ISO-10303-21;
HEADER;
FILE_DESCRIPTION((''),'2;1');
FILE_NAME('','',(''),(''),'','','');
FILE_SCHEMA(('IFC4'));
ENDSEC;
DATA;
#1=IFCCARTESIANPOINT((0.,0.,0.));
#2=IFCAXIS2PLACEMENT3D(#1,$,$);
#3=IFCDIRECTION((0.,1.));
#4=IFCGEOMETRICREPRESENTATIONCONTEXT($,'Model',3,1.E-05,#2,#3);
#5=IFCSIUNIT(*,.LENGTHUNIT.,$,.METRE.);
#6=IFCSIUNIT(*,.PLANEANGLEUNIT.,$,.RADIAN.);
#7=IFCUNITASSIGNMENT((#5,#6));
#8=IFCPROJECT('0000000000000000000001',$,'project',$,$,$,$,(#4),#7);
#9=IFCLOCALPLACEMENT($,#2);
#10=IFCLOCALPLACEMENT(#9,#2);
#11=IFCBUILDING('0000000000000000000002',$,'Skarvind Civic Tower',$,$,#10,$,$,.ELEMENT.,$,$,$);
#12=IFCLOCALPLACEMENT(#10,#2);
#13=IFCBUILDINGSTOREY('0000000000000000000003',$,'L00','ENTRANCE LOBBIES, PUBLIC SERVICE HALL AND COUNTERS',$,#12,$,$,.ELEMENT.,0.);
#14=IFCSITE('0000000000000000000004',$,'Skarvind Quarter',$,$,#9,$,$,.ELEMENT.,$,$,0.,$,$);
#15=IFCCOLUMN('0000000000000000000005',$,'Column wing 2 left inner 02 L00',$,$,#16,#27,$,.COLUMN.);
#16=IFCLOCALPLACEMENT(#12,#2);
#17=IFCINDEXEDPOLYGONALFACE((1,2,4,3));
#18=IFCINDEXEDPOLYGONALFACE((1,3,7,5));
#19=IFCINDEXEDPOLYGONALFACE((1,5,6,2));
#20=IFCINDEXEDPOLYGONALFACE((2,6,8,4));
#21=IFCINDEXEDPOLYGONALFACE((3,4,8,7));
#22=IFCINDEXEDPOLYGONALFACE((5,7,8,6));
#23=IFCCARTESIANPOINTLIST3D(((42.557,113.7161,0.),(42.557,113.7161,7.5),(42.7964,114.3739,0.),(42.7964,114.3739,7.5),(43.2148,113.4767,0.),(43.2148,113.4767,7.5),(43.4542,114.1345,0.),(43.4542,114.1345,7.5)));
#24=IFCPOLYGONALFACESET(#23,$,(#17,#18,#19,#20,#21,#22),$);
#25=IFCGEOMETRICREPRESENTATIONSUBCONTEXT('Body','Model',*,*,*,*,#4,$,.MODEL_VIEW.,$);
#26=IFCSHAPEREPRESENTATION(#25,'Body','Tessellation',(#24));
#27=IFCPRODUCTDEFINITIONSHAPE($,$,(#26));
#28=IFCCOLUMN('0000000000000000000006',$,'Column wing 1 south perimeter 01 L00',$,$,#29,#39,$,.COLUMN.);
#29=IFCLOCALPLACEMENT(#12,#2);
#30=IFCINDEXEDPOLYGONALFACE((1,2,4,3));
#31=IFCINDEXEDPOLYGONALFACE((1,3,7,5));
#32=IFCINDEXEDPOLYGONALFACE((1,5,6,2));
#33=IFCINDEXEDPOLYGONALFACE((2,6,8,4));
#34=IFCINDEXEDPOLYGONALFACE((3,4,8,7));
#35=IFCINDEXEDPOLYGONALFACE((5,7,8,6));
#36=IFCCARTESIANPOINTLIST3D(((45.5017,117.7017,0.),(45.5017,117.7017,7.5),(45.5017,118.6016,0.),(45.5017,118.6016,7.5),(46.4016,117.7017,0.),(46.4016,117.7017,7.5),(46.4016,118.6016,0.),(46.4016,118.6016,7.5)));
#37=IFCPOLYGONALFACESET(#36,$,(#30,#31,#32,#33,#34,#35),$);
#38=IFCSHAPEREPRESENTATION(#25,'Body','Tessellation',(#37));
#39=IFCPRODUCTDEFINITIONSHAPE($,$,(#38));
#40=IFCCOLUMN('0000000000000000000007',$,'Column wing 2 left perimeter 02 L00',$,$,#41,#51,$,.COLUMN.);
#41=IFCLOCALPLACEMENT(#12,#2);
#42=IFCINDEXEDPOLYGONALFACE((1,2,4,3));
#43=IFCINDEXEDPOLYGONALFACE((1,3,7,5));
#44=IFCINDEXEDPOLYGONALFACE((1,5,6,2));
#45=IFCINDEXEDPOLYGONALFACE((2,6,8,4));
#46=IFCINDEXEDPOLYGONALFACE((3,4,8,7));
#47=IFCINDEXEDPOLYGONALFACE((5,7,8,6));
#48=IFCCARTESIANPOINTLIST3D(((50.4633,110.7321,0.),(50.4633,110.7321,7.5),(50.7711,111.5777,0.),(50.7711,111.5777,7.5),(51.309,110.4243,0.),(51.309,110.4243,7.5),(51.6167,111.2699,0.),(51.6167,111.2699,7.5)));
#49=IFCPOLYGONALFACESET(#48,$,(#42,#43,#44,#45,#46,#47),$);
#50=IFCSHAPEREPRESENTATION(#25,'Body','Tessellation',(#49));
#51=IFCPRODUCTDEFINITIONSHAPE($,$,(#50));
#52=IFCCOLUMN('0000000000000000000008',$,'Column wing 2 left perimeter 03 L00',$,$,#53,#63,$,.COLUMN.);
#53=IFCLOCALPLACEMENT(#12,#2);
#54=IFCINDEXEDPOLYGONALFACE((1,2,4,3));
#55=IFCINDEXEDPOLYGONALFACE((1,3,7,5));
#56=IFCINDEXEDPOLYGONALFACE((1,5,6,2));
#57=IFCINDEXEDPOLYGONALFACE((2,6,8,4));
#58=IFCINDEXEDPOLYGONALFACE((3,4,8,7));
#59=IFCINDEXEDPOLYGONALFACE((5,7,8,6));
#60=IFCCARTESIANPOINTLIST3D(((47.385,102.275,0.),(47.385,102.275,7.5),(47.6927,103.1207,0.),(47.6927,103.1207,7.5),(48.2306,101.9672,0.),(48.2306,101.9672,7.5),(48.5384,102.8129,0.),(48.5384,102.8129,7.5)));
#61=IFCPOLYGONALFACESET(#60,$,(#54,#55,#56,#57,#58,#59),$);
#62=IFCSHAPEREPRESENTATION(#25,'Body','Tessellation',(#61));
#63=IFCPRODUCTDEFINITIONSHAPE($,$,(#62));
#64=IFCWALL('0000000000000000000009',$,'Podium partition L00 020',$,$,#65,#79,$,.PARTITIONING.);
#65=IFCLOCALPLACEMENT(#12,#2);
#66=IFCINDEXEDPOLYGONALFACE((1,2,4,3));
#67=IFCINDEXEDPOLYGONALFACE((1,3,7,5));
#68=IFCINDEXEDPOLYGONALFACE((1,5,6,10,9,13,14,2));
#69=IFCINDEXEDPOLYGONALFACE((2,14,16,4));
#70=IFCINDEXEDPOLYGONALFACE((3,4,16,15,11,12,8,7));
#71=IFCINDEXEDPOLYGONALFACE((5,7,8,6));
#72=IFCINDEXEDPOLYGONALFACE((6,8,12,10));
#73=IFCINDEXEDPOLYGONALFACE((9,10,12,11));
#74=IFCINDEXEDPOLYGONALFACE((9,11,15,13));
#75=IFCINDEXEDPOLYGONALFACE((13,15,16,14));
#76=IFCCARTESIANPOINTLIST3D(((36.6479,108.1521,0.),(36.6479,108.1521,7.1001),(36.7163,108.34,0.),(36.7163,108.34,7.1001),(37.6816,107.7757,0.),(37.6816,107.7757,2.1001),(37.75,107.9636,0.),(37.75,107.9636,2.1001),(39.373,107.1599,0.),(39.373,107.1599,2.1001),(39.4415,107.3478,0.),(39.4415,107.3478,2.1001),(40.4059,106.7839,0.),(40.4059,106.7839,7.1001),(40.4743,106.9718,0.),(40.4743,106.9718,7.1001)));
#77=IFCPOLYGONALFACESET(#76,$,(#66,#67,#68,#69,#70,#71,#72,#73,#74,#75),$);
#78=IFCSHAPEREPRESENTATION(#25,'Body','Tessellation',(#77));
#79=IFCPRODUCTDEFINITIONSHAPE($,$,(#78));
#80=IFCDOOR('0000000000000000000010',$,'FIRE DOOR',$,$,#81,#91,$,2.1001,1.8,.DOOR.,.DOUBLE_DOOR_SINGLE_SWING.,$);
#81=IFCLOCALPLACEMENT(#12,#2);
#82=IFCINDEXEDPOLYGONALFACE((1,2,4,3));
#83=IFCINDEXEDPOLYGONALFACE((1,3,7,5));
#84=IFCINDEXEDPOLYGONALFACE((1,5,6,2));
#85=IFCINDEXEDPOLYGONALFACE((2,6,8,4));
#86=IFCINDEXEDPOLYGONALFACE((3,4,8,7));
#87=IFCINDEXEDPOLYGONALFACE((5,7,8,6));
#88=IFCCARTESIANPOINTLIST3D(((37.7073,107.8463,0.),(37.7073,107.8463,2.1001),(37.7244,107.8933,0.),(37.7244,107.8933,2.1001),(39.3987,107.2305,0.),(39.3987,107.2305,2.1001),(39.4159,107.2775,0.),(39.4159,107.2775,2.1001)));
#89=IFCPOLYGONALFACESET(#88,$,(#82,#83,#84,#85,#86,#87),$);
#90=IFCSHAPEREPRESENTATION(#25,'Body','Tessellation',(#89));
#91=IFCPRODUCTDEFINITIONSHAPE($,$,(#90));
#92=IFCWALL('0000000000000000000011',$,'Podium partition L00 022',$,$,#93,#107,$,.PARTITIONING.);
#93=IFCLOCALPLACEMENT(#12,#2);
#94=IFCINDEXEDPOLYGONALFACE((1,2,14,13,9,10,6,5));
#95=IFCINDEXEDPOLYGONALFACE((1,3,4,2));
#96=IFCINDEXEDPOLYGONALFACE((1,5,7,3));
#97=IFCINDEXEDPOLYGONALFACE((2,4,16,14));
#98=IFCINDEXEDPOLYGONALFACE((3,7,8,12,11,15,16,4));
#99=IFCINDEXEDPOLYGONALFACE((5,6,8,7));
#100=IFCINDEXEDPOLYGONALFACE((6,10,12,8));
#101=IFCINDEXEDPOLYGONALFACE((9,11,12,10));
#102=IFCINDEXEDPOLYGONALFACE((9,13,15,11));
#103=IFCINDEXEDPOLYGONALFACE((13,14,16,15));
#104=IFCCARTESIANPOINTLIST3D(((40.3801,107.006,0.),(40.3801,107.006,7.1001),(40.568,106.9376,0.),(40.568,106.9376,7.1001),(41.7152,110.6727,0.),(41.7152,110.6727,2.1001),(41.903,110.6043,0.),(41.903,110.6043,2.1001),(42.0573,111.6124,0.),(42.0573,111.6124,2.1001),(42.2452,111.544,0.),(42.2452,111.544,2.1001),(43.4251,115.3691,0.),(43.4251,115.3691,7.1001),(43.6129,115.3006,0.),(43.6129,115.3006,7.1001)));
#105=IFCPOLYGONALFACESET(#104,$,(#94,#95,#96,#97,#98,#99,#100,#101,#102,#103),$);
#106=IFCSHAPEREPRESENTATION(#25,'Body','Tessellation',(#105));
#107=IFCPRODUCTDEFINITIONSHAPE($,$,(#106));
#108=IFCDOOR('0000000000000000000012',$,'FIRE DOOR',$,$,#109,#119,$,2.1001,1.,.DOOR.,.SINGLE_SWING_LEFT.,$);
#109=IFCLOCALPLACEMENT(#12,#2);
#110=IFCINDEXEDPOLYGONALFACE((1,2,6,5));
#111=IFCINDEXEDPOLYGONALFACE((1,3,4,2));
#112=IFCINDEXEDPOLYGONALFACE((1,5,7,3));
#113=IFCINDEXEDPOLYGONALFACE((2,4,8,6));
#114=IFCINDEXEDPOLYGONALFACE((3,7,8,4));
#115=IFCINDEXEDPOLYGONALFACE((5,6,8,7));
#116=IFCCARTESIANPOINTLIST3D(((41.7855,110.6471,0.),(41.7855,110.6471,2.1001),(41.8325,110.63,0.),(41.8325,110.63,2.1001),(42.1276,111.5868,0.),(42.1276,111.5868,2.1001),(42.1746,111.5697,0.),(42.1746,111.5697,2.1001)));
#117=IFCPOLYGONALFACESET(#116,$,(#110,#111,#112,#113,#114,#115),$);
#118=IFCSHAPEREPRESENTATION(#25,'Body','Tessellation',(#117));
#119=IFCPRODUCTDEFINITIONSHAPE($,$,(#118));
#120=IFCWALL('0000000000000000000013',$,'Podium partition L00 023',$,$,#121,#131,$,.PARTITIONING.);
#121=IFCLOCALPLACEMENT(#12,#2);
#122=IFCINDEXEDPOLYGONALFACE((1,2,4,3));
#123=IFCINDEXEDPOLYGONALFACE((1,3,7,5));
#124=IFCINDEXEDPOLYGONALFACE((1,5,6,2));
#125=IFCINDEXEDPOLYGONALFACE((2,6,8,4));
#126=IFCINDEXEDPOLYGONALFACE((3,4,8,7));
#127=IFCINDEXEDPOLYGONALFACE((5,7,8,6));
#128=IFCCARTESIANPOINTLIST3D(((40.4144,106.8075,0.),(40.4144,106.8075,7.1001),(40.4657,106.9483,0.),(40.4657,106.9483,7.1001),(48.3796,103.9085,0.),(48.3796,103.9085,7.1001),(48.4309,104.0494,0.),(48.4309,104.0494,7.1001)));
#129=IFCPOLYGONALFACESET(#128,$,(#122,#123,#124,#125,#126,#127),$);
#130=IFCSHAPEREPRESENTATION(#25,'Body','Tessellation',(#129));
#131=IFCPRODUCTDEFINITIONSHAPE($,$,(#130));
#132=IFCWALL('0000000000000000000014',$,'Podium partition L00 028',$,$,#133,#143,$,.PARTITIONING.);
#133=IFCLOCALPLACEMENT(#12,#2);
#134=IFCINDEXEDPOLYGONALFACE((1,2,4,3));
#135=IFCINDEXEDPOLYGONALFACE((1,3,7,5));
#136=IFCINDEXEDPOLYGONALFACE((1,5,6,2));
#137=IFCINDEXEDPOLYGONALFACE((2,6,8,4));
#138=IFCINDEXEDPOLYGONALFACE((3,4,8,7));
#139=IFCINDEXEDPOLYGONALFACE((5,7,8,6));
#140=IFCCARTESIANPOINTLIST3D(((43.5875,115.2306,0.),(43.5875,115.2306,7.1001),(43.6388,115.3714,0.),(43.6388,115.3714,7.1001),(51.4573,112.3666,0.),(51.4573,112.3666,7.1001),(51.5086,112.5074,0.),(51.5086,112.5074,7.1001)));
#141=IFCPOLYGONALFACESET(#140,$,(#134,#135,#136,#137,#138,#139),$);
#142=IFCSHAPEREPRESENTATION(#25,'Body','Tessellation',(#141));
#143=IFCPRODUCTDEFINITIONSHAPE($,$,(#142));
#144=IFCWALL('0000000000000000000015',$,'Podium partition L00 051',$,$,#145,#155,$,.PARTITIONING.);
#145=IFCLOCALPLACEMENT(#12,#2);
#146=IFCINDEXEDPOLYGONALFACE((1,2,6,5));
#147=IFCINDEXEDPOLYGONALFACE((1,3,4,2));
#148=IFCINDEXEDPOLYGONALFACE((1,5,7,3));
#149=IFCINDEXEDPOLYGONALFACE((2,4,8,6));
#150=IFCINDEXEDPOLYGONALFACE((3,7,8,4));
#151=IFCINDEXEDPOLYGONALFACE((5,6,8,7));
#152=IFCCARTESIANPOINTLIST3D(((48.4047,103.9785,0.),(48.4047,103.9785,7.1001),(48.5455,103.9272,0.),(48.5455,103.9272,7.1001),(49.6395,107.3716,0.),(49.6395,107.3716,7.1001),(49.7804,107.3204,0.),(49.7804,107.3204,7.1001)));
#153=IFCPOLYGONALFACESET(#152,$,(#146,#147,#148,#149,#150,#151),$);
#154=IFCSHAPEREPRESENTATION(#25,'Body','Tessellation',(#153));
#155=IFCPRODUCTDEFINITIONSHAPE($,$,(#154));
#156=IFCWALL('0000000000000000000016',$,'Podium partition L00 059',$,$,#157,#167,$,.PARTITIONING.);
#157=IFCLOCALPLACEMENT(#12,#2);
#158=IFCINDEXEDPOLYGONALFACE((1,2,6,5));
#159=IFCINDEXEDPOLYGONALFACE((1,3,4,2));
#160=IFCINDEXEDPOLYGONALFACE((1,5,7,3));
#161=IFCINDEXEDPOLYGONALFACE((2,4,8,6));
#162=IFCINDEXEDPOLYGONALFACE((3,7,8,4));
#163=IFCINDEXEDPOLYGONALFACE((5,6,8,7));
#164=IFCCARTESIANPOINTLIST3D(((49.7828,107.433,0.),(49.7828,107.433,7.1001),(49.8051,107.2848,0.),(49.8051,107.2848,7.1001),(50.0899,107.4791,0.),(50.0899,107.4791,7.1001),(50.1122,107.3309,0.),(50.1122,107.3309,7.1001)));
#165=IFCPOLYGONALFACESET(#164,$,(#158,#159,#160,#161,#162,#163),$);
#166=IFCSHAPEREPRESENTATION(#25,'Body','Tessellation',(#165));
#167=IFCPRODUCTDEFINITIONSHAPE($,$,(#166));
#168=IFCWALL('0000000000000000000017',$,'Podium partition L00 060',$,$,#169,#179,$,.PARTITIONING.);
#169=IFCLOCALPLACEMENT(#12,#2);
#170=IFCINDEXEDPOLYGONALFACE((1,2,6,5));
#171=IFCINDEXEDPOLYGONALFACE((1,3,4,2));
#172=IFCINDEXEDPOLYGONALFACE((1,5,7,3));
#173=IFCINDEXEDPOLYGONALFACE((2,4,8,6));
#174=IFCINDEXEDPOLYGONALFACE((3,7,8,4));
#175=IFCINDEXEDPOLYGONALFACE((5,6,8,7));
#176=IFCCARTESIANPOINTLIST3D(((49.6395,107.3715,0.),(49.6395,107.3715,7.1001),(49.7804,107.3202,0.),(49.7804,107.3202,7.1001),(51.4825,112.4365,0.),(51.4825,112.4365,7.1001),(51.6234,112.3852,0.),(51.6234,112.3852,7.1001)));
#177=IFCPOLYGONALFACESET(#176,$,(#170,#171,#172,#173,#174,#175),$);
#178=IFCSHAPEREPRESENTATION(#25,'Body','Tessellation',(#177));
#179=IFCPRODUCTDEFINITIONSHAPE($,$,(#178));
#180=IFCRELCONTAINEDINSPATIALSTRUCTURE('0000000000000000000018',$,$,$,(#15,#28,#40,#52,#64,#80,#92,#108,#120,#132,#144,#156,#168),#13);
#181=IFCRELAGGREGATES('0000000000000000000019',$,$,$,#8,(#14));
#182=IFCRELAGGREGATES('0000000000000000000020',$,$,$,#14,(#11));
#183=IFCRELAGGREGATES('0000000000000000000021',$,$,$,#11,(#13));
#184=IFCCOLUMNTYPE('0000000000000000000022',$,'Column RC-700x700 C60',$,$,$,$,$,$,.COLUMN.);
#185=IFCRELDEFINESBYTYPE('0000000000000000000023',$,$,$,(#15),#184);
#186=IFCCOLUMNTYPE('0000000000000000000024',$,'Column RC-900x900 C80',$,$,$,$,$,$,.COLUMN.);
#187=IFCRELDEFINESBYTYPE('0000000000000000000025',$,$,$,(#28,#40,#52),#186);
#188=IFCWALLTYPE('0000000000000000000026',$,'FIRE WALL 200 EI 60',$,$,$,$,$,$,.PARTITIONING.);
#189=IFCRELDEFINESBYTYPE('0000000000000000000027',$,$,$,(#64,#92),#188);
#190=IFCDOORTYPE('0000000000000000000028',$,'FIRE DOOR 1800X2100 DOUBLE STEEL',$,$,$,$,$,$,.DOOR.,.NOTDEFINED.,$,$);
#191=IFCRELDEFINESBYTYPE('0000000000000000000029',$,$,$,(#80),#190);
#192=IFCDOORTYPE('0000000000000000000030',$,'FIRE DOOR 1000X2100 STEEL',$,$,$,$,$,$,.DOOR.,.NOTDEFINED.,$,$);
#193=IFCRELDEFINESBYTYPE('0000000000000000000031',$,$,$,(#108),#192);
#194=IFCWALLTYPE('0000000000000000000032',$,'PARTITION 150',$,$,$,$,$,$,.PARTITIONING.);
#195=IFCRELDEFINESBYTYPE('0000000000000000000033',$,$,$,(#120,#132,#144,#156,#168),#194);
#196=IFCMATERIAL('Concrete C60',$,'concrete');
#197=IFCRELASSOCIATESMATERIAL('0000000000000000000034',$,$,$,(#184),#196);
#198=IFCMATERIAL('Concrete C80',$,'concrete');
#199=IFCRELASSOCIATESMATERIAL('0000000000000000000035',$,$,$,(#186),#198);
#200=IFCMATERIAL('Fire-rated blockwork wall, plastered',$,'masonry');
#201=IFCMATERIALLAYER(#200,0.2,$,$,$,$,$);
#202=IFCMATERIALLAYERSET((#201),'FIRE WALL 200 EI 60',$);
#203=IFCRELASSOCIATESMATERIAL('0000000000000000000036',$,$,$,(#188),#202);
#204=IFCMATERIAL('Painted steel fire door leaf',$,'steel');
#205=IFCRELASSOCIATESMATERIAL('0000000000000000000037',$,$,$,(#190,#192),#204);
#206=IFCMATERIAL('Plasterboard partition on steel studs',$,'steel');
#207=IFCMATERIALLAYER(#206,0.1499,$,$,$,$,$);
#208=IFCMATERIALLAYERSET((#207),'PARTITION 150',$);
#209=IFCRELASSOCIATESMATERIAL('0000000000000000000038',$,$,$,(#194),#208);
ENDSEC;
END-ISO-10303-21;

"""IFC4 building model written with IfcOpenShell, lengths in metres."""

from ifc_helpers import new_model, si_unit, direction, frame, frame_2d, origin, origin_2d, place, context, subcontext, project, spatial, rectangle, extrude, material, layer, layer_set, material_profile, profile_set, type_object, element, fill, save


model = new_model("IFC4")

# Units and contexts
model_context = context("Model", 3, precision=1e-05, world=origin(), true_north=direction((0.0, 1.0)))
body_context = subcontext(model_context, "Body", "Model", "MODEL_VIEW")
ifc_project = project(units=[si_unit("LENGTHUNIT", "METRE"), si_unit("PLANEANGLEUNIT", "RADIAN")], contexts=[model_context])

# Site, building, storey
site_placement = place(None, origin())
site = spatial("IfcSite", under=ifc_project, at=site_placement, Name="Skarvind Quarter", CompositionType="ELEMENT", RefElevation=0.0)
building_placement = place(site_placement, origin())
building = spatial("IfcBuilding", under=site, at=building_placement, Name="Skarvind Civic Tower", CompositionType="ELEMENT")
storey_placement = place(building_placement, origin())
storey = spatial("IfcBuildingStorey", under=building, at=storey_placement, Name="L00", Description="ENTRANCE LOBBIES, PUBLIC SERVICE HALL AND COUNTERS", CompositionType="ELEMENT", Elevation=0.0)

# Columns
ifc_material_1 = material(Name="Concrete C60", Category="concrete")
ifc_material_profile_1 = material_profile(ifc_material_1, rectangle(XDim=0.7, YDim=0.7, at=origin_2d()), Name="RC-700x700")
ifc_profile_set_1 = profile_set([ifc_material_profile_1], Name="Concrete C60")
column_type_1 = type_object("IfcColumnType", Name="Column RC-700x700 C60", PredefinedType="COLUMN", material=ifc_profile_set_1)
column_placement = place(storey_placement, frame((43.0056, 113.9253, 0.0), z_axis=(0.0, 0.0, 1.0), x_axis=(-0.34202, -0.939693, 0.0)))
element("IfcColumn", 1, at=column_placement, inside=storey, type_object=column_type_1, Name="Column wing 2 left inner 02 L00", PredefinedType="COLUMN", context=body_context, shape_type="SweptSolid", body=[
    extrude(rectangle(XDim=0.7, YDim=0.7, at=origin_2d()), origin(), (0.0, 0.0, 1.0), 7.5),
])
ifc_material_2 = material(Name="Concrete C80", Category="concrete")
ifc_material_profile_2 = material_profile(ifc_material_2, rectangle(XDim=0.8999, YDim=0.8999, at=origin_2d()), Name="RC-900x900")
ifc_profile_set_2 = profile_set([ifc_material_profile_2], Name="Concrete C80")
column_type_2 = type_object("IfcColumnType", Name="Column RC-900x900 C80", PredefinedType="COLUMN", material=ifc_profile_set_2)
for number, where, z_axis, x_axis, name in (
    (2, (45.9517, 118.1516, 0.0), (0.0, 0.0, 1.0), (1.0, 0.0, 0.0), "Column wing 1 south perimeter 01 L00"),
    (3, (51.04, 111.001, 0.0), (0.0, 0.0, 1.0), (-0.34202, -0.939693, 0.0), "Column wing 2 left perimeter 02 L00"),
    (4, (47.9617, 102.5439, 0.0), (0.0, 0.0, 1.0), (-0.34202, -0.939693, 0.0), "Column wing 2 left perimeter 03 L00"),
):
    element("IfcColumn", number, at=place(storey_placement, frame(where, z_axis=z_axis, x_axis=x_axis)), inside=storey, type_object=column_type_2, Name=name, PredefinedType="COLUMN", context=body_context, shape_type="SweptSolid", body=[
        extrude(rectangle(XDim=0.8999, YDim=0.8999, at=origin_2d()), origin(), (0.0, 0.0, 1.0), 7.5),
    ])

# Walls, openings, doors
ifc_material_3 = material(Name="Fire-rated blockwork wall, plastered", Category="masonry")
ifc_layer_1 = layer(ifc_material_3, 0.2)
ifc_layer_set_1 = layer_set([ifc_layer_1], Name="FIRE WALL 200 EI 60")
wall_type_1 = type_object("IfcWallType", Name="FIRE WALL 200 EI 60", PredefinedType="PARTITIONING", material=ifc_layer_set_1)
wall_1_placement = place(storey_placement, frame((40.4399, 106.8779, 0.0), z_axis=(0.0, 0.0, 1.0), x_axis=(-0.939665, 0.342096, 0.0)))
wall_1 = element("IfcWall", 5, at=wall_1_placement, inside=storey, type_object=wall_type_1, Name="Podium partition L00 020", PredefinedType="PARTITIONING", context=body_context, shape_type="SweptSolid", body=[
    extrude(rectangle(XDim=3.9993, YDim=0.2, at=frame_2d((1.9995, 0.0))), origin(), (0.0, 0.0, 1.0), 7.1001),
])
opening_1_placement = place(wall_1_placement, frame((1.0991, 0.0, 0.0)))
opening_1 = element("IfcOpeningElement", 6, at=opening_1_placement, cuts=wall_1, PredefinedType="OPENING", context=body_context, shape_type="SweptSolid", body=[
    extrude(rectangle(XDim=1.8, YDim=2.1001, at=frame_2d((0.8999, 1.05))), frame((0.0, 0.1099, 0.0), z_axis=(0.0, -1.0, 0.0), x_axis=(1.0, 0.0, 0.0)), (0.0, 0.0, 1.0), 0.22),
])
ifc_material_4 = material(Name="Painted steel fire door leaf", Category="steel")
door_type_1 = type_object("IfcDoorType", Name="FIRE DOOR 1800X2100 DOUBLE STEEL", OperationType="NOTDEFINED", PredefinedType="DOOR", material=ifc_material_4)
door_1_placement = place(opening_1_placement, origin())
door_1 = element("IfcDoor", 7, at=door_1_placement, inside=storey, type_object=door_type_1, Name="FIRE DOOR", OperationType="DOUBLE_DOOR_SINGLE_SWING", OverallHeight=2.1001, OverallWidth=1.8, PredefinedType="DOOR", context=body_context, shape_type="SweptSolid", body=[
    extrude(rectangle(XDim=1.8, YDim=2.1001, at=frame_2d((0.8999, 1.05))), frame((0.0, 0.0249, 0.0), z_axis=(0.0, -1.0, 0.0), x_axis=(1.0, 0.0, 0.0)), (0.0, 0.0, 1.0), 0.05),
])
fill(opening_1, door_1)
wall_2_placement = place(storey_placement, frame((43.519, 115.335, 0.0), z_axis=(0.0, 0.0, 1.0), x_axis=(-0.342122, -0.939656, 0.0)))
wall_2 = element("IfcWall", 8, at=wall_2_placement, inside=storey, type_object=wall_type_1, Name="Podium partition L00 022", PredefinedType="PARTITIONING", context=body_context, shape_type="SweptSolid", body=[
    extrude(rectangle(XDim=8.9001, YDim=0.2, at=frame_2d((4.4502, 0.0))), origin(), (0.0, 0.0, 1.0), 7.1001),
])
opening_2_placement = place(wall_2_placement, frame((3.998, 0.0, 0.0)))
opening_2 = element("IfcOpeningElement", 9, at=opening_2_placement, cuts=wall_2, PredefinedType="OPENING", context=body_context, shape_type="SweptSolid", body=[
    extrude(rectangle(XDim=1.0, YDim=2.1001, at=frame_2d((0.5, 1.05))), frame((0.0, 0.1099, 0.0), z_axis=(0.0, -1.0, 0.0), x_axis=(1.0, 0.0, 0.0)), (0.0, 0.0, 1.0), 0.22),
])
door_type_2 = type_object("IfcDoorType", Name="FIRE DOOR 1000X2100 STEEL", OperationType="NOTDEFINED", PredefinedType="DOOR", material=ifc_material_4)
door_2_placement = place(opening_2_placement, origin())
door_2 = element("IfcDoor", 10, at=door_2_placement, inside=storey, type_object=door_type_2, Name="FIRE DOOR", OperationType="SINGLE_SWING_LEFT", OverallHeight=2.1001, OverallWidth=1.0, PredefinedType="DOOR", context=body_context, shape_type="SweptSolid", body=[
    extrude(rectangle(XDim=1.0, YDim=2.1001, at=frame_2d((0.5, 1.05))), frame((0.0, 0.0249, 0.0), z_axis=(0.0, -1.0, 0.0), x_axis=(1.0, 0.0, 0.0)), (0.0, 0.0, 1.0), 0.05),
])
fill(opening_2, door_2)

# Walls
ifc_material_5 = material(Name="Plasterboard partition on steel studs", Category="steel")
ifc_layer_2 = layer(ifc_material_5, 0.1499)
ifc_layer_set_2 = layer_set([ifc_layer_2], Name="PARTITION 150")
wall_type_2 = type_object("IfcWallType", Name="PARTITION 150", PredefinedType="PARTITIONING", material=ifc_layer_set_2)
wall_3_placement = place(storey_placement, frame((40.4399, 106.8779, 0.0), z_axis=(0.0, 0.0, 1.0), x_axis=(0.939698, -0.342007, 0.0)))
element("IfcWall", 11, at=wall_3_placement, inside=storey, type_object=wall_type_2, Name="Podium partition L00 023", PredefinedType="PARTITIONING", context=body_context, shape_type="SweptSolid", body=[
    extrude(rectangle(XDim=8.4763, YDim=0.1499, at=frame_2d((4.2383, 0.0))), origin(), (0.0, 0.0, 1.0), 7.1001),
])
wall_4_placement = place(storey_placement, frame((43.613, 115.301, 0.0), z_axis=(0.0, 0.0, 1.0), x_axis=(0.939707, -0.341979, 0.0)))
element("IfcWall", 12, at=wall_4_placement, inside=storey, type_object=wall_type_2, Name="Podium partition L00 028", PredefinedType="PARTITIONING", context=body_context, shape_type="SweptSolid", body=[
    extrude(rectangle(XDim=8.3748, YDim=0.1499, at=frame_2d((4.1875, 0.0))), origin(), (0.0, 0.0, 1.0), 7.1001),
])
wall_5_placement = place(storey_placement, frame((48.4751, 103.9529, 0.0), z_axis=(0.0, 0.0, 1.0), x_axis=(0.341993, 0.939703, 0.0)))
element("IfcWall", 13, at=wall_5_placement, inside=storey, type_object=wall_type_2, Name="Podium partition L00 051", PredefinedType="PARTITIONING", context=body_context, shape_type="SweptSolid", body=[
    extrude(rectangle(XDim=3.6108, YDim=0.1499, at=frame_2d((1.8054, 0.0))), origin(), (0.0, 0.0, 1.0), 7.1001),
])
wall_6_placement = place(storey_placement, frame((49.7939, 107.3589, 0.0), z_axis=(0.0, 0.0, 1.0), x_axis=(0.988902, 0.148571, 0.0)))
element("IfcWall", 14, at=wall_6_placement, inside=storey, type_object=wall_type_2, Name="Podium partition L00 059", PredefinedType="PARTITIONING", context=body_context, shape_type="SweptSolid", body=[
    extrude(rectangle(XDim=0.3105, YDim=0.1499, at=frame_2d((0.1553, 0.0))), origin(), (0.0, 0.0, 1.0), 7.1001),
])
wall_7_placement = place(storey_placement, frame((49.71, 107.3459, 0.0), z_axis=(0.0, 0.0, 1.0), x_axis=(0.341943, 0.939721, 0.0)))
element("IfcWall", 15, at=wall_7_placement, inside=storey, type_object=wall_type_2, Name="Podium partition L00 060", PredefinedType="PARTITIONING", context=body_context, shape_type="SweptSolid", body=[
    extrude(rectangle(XDim=5.3899, YDim=0.1499, at=frame_2d((2.6948, 0.0))), origin(), (0.0, 0.0, 1.0), 7.1001),
])

save(model, "model.ifc")
